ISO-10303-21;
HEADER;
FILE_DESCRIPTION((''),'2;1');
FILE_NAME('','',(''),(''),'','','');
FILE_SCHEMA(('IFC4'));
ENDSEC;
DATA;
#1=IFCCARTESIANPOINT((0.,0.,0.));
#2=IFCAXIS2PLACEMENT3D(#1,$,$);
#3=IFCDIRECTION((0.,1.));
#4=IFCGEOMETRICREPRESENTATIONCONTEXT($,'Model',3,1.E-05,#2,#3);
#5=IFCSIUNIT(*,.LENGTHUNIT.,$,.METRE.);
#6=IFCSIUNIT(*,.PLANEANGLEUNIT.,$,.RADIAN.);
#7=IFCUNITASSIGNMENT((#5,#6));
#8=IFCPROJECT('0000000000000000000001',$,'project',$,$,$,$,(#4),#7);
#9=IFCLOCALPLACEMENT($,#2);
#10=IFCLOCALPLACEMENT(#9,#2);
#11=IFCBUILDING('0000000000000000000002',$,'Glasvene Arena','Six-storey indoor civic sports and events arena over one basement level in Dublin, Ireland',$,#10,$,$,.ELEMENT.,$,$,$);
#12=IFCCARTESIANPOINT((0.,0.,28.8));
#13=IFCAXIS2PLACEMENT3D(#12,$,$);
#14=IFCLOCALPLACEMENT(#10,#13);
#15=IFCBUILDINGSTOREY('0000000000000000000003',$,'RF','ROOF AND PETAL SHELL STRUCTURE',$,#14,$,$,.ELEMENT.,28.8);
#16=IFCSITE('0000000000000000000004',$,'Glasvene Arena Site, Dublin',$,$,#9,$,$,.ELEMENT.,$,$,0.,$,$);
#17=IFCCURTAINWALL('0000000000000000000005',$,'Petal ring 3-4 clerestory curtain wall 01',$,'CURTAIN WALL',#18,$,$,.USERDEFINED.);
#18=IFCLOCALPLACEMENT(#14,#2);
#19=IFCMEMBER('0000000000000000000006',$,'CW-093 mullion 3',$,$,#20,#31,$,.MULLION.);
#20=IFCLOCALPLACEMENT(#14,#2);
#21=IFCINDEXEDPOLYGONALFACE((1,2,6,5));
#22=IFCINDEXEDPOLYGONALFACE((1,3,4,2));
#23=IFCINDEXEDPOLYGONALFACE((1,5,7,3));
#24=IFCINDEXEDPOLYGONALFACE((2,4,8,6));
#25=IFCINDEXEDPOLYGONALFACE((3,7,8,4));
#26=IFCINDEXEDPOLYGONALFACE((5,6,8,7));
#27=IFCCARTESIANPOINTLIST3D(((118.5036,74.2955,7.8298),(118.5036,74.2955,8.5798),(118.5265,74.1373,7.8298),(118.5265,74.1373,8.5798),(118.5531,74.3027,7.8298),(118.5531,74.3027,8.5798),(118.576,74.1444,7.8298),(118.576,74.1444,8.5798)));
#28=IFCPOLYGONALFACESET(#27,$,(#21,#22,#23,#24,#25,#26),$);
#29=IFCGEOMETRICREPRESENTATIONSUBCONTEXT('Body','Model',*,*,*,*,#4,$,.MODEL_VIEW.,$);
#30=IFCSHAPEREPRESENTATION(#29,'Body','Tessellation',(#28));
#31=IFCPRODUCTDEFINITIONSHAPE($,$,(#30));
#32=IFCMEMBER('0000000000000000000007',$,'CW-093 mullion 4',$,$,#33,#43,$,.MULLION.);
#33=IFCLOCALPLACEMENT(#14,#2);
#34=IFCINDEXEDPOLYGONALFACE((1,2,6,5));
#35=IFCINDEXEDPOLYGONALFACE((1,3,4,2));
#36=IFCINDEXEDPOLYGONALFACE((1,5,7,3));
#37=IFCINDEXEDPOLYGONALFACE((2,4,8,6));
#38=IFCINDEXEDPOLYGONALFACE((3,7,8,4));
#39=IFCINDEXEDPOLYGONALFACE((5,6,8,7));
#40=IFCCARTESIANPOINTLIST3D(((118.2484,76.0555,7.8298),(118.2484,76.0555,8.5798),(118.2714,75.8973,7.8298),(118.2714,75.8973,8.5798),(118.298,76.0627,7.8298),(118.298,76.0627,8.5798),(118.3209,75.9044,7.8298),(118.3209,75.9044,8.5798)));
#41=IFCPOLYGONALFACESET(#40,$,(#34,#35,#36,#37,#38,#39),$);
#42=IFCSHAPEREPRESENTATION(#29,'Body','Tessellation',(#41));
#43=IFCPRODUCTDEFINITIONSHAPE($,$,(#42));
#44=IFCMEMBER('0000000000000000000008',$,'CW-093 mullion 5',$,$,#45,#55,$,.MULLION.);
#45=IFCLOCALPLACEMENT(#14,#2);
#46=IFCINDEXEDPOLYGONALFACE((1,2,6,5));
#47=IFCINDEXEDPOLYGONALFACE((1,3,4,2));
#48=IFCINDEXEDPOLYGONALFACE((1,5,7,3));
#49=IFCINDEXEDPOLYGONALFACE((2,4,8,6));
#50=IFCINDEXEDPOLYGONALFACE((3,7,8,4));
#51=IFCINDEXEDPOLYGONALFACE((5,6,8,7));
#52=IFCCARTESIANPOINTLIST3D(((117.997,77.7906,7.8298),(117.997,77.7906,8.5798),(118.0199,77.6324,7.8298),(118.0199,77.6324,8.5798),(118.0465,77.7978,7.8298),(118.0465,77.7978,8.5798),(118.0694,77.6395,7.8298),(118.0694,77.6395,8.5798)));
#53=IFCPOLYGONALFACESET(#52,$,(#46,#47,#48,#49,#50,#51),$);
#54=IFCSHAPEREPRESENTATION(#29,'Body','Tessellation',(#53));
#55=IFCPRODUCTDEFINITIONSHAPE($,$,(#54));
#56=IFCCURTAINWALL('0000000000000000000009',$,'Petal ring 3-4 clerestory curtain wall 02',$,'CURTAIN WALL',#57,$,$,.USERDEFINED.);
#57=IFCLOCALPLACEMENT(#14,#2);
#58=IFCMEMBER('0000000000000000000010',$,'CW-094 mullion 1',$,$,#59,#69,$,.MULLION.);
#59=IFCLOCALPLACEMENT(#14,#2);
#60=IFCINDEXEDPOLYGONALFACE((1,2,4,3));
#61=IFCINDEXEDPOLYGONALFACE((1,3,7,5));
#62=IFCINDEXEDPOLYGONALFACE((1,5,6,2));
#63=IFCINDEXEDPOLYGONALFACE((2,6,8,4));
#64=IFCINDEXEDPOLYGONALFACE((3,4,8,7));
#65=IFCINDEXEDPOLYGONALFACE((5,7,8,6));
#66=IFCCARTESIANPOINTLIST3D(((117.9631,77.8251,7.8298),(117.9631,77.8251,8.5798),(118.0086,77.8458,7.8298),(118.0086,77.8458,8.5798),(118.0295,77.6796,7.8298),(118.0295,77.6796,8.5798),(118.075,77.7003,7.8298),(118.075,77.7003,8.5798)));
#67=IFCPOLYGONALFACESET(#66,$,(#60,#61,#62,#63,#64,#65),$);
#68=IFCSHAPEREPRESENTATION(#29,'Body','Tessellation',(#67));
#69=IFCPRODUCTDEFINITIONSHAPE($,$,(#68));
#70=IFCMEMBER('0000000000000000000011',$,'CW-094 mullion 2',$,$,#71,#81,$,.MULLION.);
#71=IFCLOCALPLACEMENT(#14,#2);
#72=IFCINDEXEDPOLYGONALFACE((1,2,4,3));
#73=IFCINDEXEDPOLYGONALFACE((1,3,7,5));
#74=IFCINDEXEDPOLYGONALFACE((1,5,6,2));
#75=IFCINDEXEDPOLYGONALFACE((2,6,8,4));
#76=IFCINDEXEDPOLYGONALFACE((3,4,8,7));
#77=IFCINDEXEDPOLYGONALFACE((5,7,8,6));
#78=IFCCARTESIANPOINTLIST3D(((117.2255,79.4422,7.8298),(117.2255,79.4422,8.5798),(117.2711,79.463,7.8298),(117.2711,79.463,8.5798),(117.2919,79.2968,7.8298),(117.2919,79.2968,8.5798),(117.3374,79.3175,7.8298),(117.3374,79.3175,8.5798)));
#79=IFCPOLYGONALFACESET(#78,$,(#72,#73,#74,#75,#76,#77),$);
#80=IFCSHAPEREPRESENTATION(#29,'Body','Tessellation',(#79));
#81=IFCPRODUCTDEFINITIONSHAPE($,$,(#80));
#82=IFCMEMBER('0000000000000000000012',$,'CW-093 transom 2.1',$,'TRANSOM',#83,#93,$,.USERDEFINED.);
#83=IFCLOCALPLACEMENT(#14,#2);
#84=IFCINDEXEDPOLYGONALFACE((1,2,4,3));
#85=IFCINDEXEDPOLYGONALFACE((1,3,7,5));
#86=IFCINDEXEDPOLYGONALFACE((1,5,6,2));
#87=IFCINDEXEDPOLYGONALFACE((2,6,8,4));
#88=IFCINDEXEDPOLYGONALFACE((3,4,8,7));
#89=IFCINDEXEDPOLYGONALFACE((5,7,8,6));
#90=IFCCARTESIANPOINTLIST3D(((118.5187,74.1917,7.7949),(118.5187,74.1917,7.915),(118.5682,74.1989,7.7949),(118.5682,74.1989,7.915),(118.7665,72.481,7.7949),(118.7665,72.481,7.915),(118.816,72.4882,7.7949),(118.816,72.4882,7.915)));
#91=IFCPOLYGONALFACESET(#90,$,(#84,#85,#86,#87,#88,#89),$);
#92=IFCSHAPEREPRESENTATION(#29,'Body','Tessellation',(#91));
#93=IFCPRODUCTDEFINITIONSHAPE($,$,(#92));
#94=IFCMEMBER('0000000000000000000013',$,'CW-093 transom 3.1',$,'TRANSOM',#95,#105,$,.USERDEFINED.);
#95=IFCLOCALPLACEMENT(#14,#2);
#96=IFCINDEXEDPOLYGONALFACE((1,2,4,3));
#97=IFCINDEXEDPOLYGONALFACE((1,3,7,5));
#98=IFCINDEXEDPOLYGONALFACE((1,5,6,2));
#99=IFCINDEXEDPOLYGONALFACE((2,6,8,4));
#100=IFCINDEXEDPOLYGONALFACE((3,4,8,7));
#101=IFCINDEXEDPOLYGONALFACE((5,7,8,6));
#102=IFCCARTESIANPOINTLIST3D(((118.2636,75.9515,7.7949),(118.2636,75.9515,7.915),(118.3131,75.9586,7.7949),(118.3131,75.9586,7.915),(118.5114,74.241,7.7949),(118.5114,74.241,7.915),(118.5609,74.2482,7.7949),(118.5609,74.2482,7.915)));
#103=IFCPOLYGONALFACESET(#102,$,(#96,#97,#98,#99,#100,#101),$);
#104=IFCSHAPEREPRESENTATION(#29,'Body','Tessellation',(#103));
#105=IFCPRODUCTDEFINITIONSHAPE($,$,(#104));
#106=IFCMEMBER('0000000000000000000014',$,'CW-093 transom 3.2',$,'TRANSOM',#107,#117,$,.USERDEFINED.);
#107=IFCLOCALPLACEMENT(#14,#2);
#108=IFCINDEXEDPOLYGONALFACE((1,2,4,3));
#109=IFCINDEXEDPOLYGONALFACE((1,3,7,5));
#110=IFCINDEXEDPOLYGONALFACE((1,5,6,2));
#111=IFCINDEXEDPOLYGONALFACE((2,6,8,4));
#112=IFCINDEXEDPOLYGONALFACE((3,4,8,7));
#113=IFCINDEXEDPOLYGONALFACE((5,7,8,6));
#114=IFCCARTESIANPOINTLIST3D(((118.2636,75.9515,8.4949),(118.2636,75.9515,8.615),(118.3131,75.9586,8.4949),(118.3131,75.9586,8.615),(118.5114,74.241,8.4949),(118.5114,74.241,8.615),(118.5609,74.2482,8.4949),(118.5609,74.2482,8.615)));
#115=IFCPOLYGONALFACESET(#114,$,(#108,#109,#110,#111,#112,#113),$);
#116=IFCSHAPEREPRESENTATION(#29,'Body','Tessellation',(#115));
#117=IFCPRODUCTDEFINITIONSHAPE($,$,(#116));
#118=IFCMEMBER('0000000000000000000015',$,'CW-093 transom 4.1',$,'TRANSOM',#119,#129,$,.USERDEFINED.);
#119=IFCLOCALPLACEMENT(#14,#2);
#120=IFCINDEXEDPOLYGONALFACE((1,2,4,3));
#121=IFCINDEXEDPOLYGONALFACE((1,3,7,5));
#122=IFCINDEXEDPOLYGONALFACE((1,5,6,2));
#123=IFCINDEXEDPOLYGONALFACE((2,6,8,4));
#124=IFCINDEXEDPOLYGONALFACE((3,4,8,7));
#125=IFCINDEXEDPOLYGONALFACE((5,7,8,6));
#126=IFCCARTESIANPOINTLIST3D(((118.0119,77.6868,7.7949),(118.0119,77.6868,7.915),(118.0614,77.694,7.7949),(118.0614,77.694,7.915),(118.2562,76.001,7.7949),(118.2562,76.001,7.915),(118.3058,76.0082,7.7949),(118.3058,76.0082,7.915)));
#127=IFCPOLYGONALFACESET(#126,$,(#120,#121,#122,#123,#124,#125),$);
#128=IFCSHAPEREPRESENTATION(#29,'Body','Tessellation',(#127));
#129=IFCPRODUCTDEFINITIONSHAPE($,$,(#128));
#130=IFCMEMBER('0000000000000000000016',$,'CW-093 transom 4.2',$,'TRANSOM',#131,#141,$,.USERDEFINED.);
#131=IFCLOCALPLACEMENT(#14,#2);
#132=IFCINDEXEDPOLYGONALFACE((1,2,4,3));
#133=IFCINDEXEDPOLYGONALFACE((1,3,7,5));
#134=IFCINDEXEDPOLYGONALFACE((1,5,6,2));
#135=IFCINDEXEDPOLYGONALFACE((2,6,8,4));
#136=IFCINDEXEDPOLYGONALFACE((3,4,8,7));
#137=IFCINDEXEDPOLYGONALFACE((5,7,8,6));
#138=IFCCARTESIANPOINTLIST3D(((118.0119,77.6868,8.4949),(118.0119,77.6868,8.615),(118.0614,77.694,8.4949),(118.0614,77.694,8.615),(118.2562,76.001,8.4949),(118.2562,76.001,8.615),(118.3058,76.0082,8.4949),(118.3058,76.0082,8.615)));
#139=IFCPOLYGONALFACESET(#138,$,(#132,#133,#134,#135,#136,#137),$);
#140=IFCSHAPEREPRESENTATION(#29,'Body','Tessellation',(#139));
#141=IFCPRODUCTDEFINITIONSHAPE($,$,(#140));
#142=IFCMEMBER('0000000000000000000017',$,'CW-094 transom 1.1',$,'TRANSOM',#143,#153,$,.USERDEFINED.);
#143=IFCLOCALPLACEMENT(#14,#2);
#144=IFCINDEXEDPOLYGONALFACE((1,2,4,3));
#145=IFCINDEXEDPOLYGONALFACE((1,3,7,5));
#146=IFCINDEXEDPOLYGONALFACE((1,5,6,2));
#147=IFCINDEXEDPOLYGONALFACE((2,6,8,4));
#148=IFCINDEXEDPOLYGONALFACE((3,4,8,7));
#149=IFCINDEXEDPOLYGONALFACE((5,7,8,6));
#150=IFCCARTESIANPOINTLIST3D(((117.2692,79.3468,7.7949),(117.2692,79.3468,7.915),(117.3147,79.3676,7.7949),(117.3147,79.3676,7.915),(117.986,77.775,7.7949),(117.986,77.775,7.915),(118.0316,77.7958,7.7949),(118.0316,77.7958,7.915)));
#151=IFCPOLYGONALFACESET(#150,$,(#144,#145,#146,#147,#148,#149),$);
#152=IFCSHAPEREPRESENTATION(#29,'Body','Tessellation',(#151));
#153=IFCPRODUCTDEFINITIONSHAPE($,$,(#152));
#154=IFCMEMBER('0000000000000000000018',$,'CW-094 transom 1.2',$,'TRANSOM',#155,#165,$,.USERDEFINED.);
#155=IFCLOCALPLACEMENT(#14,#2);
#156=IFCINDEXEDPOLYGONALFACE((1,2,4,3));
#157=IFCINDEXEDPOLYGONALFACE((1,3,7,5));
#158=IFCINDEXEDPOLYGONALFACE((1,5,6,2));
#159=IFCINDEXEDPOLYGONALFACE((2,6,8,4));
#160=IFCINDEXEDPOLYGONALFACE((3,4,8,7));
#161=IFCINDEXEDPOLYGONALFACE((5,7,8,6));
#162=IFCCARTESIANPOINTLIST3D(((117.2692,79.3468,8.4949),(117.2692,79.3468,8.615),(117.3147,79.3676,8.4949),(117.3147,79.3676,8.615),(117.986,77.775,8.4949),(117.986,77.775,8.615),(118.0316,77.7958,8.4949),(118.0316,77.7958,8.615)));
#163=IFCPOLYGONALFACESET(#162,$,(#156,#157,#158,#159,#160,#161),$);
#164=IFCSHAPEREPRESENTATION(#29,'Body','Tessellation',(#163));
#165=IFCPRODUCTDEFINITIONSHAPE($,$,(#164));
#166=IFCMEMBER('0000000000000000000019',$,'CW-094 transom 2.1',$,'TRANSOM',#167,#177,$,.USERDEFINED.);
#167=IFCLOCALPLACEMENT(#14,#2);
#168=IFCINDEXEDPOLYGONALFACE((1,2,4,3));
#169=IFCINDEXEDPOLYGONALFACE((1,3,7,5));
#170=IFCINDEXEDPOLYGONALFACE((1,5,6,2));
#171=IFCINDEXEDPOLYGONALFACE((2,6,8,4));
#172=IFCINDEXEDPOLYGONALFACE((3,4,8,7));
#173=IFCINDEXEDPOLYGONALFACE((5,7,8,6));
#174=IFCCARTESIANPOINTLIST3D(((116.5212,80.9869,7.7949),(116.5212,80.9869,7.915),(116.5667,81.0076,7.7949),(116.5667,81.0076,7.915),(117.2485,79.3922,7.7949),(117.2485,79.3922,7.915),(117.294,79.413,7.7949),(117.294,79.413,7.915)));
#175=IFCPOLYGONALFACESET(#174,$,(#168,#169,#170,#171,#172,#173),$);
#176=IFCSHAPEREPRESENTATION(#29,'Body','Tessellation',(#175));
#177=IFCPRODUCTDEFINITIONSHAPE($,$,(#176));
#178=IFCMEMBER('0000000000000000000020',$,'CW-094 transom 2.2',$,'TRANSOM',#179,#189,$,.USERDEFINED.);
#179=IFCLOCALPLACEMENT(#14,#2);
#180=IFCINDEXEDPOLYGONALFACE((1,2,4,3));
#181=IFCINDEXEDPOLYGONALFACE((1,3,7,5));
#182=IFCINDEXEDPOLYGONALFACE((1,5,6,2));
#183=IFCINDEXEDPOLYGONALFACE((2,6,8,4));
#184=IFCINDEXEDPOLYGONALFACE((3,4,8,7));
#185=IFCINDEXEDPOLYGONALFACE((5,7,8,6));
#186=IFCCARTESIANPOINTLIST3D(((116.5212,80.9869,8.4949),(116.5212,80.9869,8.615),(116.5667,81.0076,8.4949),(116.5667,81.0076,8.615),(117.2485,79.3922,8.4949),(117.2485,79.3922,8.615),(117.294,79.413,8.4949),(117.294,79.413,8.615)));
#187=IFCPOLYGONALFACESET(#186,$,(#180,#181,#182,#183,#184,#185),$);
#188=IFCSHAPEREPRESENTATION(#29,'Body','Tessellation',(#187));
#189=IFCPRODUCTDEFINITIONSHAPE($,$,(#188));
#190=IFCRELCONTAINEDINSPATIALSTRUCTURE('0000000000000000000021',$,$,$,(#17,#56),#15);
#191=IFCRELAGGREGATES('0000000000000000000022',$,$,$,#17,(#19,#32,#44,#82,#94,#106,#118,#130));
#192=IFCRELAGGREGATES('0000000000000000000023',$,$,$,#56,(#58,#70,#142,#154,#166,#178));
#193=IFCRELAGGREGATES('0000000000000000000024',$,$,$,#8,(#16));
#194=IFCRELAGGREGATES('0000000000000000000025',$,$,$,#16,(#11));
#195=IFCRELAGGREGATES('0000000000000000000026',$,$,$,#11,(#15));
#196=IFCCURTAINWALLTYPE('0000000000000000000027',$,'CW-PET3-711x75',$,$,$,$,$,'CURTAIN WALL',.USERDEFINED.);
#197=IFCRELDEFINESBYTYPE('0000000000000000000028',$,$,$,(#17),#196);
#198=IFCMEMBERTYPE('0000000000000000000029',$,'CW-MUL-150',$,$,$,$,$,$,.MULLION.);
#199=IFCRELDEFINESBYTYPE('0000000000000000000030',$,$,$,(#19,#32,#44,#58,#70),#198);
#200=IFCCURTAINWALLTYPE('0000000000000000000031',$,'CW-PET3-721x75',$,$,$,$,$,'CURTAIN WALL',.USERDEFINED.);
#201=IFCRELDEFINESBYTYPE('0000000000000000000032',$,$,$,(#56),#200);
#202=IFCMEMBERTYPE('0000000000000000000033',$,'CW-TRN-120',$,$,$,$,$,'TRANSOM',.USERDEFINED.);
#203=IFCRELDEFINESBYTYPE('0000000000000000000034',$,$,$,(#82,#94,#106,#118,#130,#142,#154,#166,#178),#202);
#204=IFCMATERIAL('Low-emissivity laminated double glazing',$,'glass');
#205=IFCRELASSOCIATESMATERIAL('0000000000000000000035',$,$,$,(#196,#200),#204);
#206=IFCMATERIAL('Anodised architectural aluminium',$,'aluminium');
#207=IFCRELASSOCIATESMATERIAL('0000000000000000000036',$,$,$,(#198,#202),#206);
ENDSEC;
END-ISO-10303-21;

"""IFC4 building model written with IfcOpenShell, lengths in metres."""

from ifc_helpers import new_model, si_unit, direction, frame, origin, origin_2d, place, context, subcontext, project, spatial, rectangle, extrude, material, material_profile, profile_set, type_object, element, aggregate, save


model = new_model("IFC4")

# Units and contexts
model_context = context("Model", 3, precision=1e-05, world=origin(), true_north=direction((0.0, 1.0)))
body_context = subcontext(model_context, "Body", "Model", "MODEL_VIEW")
ifc_project = project(units=[si_unit("LENGTHUNIT", "METRE"), si_unit("PLANEANGLEUNIT", "RADIAN")], contexts=[model_context])

# Site, building, storey
site_placement = place(None, origin())
site = spatial("IfcSite", under=ifc_project, at=site_placement, Name="Glasvene Arena Site, Dublin", CompositionType="ELEMENT", RefElevation=0.0)
building_placement = place(site_placement, origin())
building = spatial("IfcBuilding", under=site, at=building_placement, Name="Glasvene Arena", Description="Six-storey indoor civic sports and events arena over one basement level in Dublin, Ireland", CompositionType="ELEMENT")
storey_placement = place(building_placement, frame((0.0, 0.0, 28.8)))
storey = spatial("IfcBuildingStorey", under=building, at=storey_placement, Name="RF", Description="ROOF AND PETAL SHELL STRUCTURE", CompositionType="ELEMENT", Elevation=28.8)

# Curtain walls, members
ifc_material_1 = material(Name="Low-emissivity laminated double glazing", Category="glass")
curtain_wall_type_1 = type_object("IfcCurtainWallType", Name="CW-PET3-711x75", ElementType="CURTAIN WALL", PredefinedType="USERDEFINED", material=ifc_material_1)
curtain_wall_1_placement = place(storey_placement, frame((119.05, 70.7, 0.0)))
curtain_wall_1 = element("IfcCurtainWall", 1, at=curtain_wall_1_placement, inside=storey, type_object=curtain_wall_type_1, Name="Petal ring 3-4 clerestory curtain wall 01", ObjectType="CURTAIN WALL", PredefinedType="USERDEFINED")
ifc_material_2 = material(Name="Anodised architectural aluminium", Category="aluminium")
ifc_material_profile_1 = material_profile(ifc_material_2, rectangle(XDim=0.05, YDim=0.1599, at=origin_2d()), Name="ALU MULLION 50x160")
ifc_profile_set_1 = profile_set([ifc_material_profile_1], Name="Anodised architectural aluminium")
member_type_1 = type_object("IfcMemberType", Name="CW-MUL-150", PredefinedType="MULLION", material=ifc_profile_set_1)
member_1_placement = place(storey_placement, frame((118.5398, 74.22, 7.8298), z_axis=(0.0, 0.0, 1.0), x_axis=(-0.989656, -0.14346, 0.0)))
member_1 = element("IfcMember", 2, at=member_1_placement, type_object=member_type_1, Name="CW-093 mullion 3", PredefinedType="MULLION", context=body_context, shape_type="SweptSolid", body=[
    extrude(rectangle(XDim=0.05, YDim=0.1599, at=origin_2d()), origin(), (0.0, 0.0, 1.0), 0.75),
])
member_2_placement = place(storey_placement, frame((118.2847, 75.98, 7.8298), z_axis=(0.0, 0.0, 1.0), x_axis=(-0.989656, -0.14346, 0.0)))
member_2 = element("IfcMember", 3, at=member_2_placement, type_object=member_type_1, Name="CW-093 mullion 4", PredefinedType="MULLION", context=body_context, shape_type="SweptSolid", body=[
    extrude(rectangle(XDim=0.05, YDim=0.1599, at=origin_2d()), origin(), (0.0, 0.0, 1.0), 0.75),
])
member_3_placement = place(storey_placement, frame((118.0332, 77.7151, 7.8298), z_axis=(0.0, 0.0, 1.0), x_axis=(-0.989656, -0.14346, 0.0)))
member_3 = element("IfcMember", 4, at=member_3_placement, type_object=member_type_1, Name="CW-093 mullion 5", PredefinedType="MULLION", context=body_context, shape_type="SweptSolid", body=[
    extrude(rectangle(XDim=0.05, YDim=0.1599, at=origin_2d()), origin(), (0.0, 0.0, 1.0), 0.75),
])
curtain_wall_type_2 = type_object("IfcCurtainWallType", Name="CW-PET3-721x75", ElementType="CURTAIN WALL", PredefinedType="USERDEFINED", material=ifc_material_1)
curtain_wall_2_placement = place(storey_placement, frame((118.0295, 77.74, 0.0)))
curtain_wall_2 = element("IfcCurtainWall", 5, at=curtain_wall_2_placement, inside=storey, type_object=curtain_wall_type_2, Name="Petal ring 3-4 clerestory curtain wall 02", ObjectType="CURTAIN WALL", PredefinedType="USERDEFINED")
member_4_placement = place(storey_placement, frame((118.019, 77.7627, 7.8298), z_axis=(0.0, 0.0, 1.0), x_axis=(-0.909836, -0.414968, 0.0)))
member_4 = element("IfcMember", 6, at=member_4_placement, type_object=member_type_1, Name="CW-094 mullion 1", PredefinedType="MULLION", context=body_context, shape_type="SweptSolid", body=[
    extrude(rectangle(XDim=0.05, YDim=0.1599, at=origin_2d()), origin(), (0.0, 0.0, 1.0), 0.75),
])
member_5_placement = place(storey_placement, frame((117.2815, 79.3799, 7.8298), z_axis=(0.0, 0.0, 1.0), x_axis=(-0.909836, -0.414968, 0.0)))
member_5 = element("IfcMember", 7, at=member_5_placement, type_object=member_type_1, Name="CW-094 mullion 2", PredefinedType="MULLION", context=body_context, shape_type="SweptSolid", body=[
    extrude(rectangle(XDim=0.05, YDim=0.1599, at=origin_2d()), origin(), (0.0, 0.0, 1.0), 0.75),
])

# Members
ifc_material_profile_2 = material_profile(ifc_material_2, rectangle(XDim=0.05, YDim=0.1201, at=origin_2d()), Name="ALU TRANSOM 50x120")
ifc_profile_set_2 = profile_set([ifc_material_profile_2], Name="Anodised architectural aluminium")
member_type_2 = type_object("IfcMemberType", Name="CW-TRN-120", ElementType="TRANSOM", PredefinedType="USERDEFINED", material=ifc_profile_set_2)
member_6_placement = place(storey_placement, frame((118.7913, 72.4846, 7.855), z_axis=(-0.143359, 0.989671, 0.0), x_axis=(-0.989671, -0.143359, 0.0)))
member_6 = element("IfcMember", 8, at=member_6_placement, type_object=member_type_2, Name="CW-093 transom 2.1", ObjectType="TRANSOM", PredefinedType="USERDEFINED", context=body_context, shape_type="SweptSolid", body=[
    extrude(rectangle(XDim=0.05, YDim=0.1201, at=origin_2d()), origin(), (0.0, 0.0, 1.0), 1.7285),
])
member_7_placement = place(storey_placement, frame((118.5361, 74.2446, 7.855), z_axis=(-0.143379, 0.989668, 0.0), x_axis=(-0.989668, -0.143379, 0.0)))
member_7 = element("IfcMember", 9, at=member_7_placement, type_object=member_type_2, Name="CW-093 transom 3.1", ObjectType="TRANSOM", PredefinedType="USERDEFINED", context=body_context, shape_type="SweptSolid", body=[
    extrude(rectangle(XDim=0.05, YDim=0.1201, at=origin_2d()), origin(), (0.0, 0.0, 1.0), 1.7283),
])
member_8_placement = place(storey_placement, frame((118.5361, 74.2446, 8.5549), z_axis=(-0.143379, 0.989668, 0.0), x_axis=(-0.989668, -0.143379, 0.0)))
member_8 = element("IfcMember", 10, at=member_8_placement, type_object=member_type_2, Name="CW-093 transom 3.2", ObjectType="TRANSOM", PredefinedType="USERDEFINED", context=body_context, shape_type="SweptSolid", body=[
    extrude(rectangle(XDim=0.05, YDim=0.1201, at=origin_2d()), origin(), (0.0, 0.0, 1.0), 1.7283),
])
member_9_placement = place(storey_placement, frame((118.281, 76.0046, 7.855), z_axis=(-0.143468, 0.989655, 0.0), x_axis=(-0.989655, -0.143468, 0.0)))
member_9 = element("IfcMember", 11, at=member_9_placement, type_object=member_type_2, Name="CW-093 transom 4.1", ObjectType="TRANSOM", PredefinedType="USERDEFINED", context=body_context, shape_type="SweptSolid", body=[
    extrude(rectangle(XDim=0.05, YDim=0.1201, at=origin_2d()), origin(), (0.0, 0.0, 1.0), 1.7034),
])
member_10_placement = place(storey_placement, frame((118.281, 76.0046, 8.5549), z_axis=(-0.143468, 0.989655, 0.0), x_axis=(-0.989655, -0.143468, 0.0)))
member_10 = element("IfcMember", 12, at=member_10_placement, type_object=member_type_2, Name="CW-093 transom 4.2", ObjectType="TRANSOM", PredefinedType="USERDEFINED", context=body_context, shape_type="SweptSolid", body=[
    extrude(rectangle(XDim=0.05, YDim=0.1201, at=origin_2d()), origin(), (0.0, 0.0, 1.0), 1.7034),
])
member_11_placement = place(storey_placement, frame((118.0088, 77.7854, 7.855), z_axis=(-0.414931, 0.909853, 0.0), x_axis=(-0.909853, -0.414931, 0.0)))
member_11 = element("IfcMember", 13, at=member_11_placement, type_object=member_type_2, Name="CW-094 transom 1.1", ObjectType="TRANSOM", PredefinedType="USERDEFINED", context=body_context, shape_type="SweptSolid", body=[
    extrude(rectangle(XDim=0.05, YDim=0.1201, at=origin_2d()), origin(), (0.0, 0.0, 1.0), 1.7275),
])
member_12_placement = place(storey_placement, frame((118.0088, 77.7854, 8.5549), z_axis=(-0.414931, 0.909853, 0.0), x_axis=(-0.909853, -0.414931, 0.0)))
member_12 = element("IfcMember", 14, at=member_12_placement, type_object=member_type_2, Name="CW-094 transom 1.2", ObjectType="TRANSOM", PredefinedType="USERDEFINED", context=body_context, shape_type="SweptSolid", body=[
    extrude(rectangle(XDim=0.05, YDim=0.1201, at=origin_2d()), origin(), (0.0, 0.0, 1.0), 1.7275),
])
member_13_placement = place(storey_placement, frame((117.2712, 79.4026, 7.855), z_axis=(-0.414947, 0.909846, 0.0), x_axis=(-0.909846, -0.414947, 0.0)))
member_13 = element("IfcMember", 15, at=member_13_placement, type_object=member_type_2, Name="CW-094 transom 2.1", ObjectType="TRANSOM", PredefinedType="USERDEFINED", context=body_context, shape_type="SweptSolid", body=[
    extrude(rectangle(XDim=0.05, YDim=0.1201, at=origin_2d()), origin(), (0.0, 0.0, 1.0), 1.7527),
])
member_14_placement = place(storey_placement, frame((117.2712, 79.4026, 8.5549), z_axis=(-0.414947, 0.909846, 0.0), x_axis=(-0.909846, -0.414947, 0.0)))
member_14 = element("IfcMember", 16, at=member_14_placement, type_object=member_type_2, Name="CW-094 transom 2.2", ObjectType="TRANSOM", PredefinedType="USERDEFINED", context=body_context, shape_type="SweptSolid", body=[
    extrude(rectangle(XDim=0.05, YDim=0.1201, at=origin_2d()), origin(), (0.0, 0.0, 1.0), 1.7527),
])

aggregate(curtain_wall_1, [member_1, member_2, member_3, member_6, member_7, member_8, member_9, member_10])
aggregate(curtain_wall_2, [member_4, member_5, member_11, member_12, member_13, member_14])

save(model, "model.ifc")
